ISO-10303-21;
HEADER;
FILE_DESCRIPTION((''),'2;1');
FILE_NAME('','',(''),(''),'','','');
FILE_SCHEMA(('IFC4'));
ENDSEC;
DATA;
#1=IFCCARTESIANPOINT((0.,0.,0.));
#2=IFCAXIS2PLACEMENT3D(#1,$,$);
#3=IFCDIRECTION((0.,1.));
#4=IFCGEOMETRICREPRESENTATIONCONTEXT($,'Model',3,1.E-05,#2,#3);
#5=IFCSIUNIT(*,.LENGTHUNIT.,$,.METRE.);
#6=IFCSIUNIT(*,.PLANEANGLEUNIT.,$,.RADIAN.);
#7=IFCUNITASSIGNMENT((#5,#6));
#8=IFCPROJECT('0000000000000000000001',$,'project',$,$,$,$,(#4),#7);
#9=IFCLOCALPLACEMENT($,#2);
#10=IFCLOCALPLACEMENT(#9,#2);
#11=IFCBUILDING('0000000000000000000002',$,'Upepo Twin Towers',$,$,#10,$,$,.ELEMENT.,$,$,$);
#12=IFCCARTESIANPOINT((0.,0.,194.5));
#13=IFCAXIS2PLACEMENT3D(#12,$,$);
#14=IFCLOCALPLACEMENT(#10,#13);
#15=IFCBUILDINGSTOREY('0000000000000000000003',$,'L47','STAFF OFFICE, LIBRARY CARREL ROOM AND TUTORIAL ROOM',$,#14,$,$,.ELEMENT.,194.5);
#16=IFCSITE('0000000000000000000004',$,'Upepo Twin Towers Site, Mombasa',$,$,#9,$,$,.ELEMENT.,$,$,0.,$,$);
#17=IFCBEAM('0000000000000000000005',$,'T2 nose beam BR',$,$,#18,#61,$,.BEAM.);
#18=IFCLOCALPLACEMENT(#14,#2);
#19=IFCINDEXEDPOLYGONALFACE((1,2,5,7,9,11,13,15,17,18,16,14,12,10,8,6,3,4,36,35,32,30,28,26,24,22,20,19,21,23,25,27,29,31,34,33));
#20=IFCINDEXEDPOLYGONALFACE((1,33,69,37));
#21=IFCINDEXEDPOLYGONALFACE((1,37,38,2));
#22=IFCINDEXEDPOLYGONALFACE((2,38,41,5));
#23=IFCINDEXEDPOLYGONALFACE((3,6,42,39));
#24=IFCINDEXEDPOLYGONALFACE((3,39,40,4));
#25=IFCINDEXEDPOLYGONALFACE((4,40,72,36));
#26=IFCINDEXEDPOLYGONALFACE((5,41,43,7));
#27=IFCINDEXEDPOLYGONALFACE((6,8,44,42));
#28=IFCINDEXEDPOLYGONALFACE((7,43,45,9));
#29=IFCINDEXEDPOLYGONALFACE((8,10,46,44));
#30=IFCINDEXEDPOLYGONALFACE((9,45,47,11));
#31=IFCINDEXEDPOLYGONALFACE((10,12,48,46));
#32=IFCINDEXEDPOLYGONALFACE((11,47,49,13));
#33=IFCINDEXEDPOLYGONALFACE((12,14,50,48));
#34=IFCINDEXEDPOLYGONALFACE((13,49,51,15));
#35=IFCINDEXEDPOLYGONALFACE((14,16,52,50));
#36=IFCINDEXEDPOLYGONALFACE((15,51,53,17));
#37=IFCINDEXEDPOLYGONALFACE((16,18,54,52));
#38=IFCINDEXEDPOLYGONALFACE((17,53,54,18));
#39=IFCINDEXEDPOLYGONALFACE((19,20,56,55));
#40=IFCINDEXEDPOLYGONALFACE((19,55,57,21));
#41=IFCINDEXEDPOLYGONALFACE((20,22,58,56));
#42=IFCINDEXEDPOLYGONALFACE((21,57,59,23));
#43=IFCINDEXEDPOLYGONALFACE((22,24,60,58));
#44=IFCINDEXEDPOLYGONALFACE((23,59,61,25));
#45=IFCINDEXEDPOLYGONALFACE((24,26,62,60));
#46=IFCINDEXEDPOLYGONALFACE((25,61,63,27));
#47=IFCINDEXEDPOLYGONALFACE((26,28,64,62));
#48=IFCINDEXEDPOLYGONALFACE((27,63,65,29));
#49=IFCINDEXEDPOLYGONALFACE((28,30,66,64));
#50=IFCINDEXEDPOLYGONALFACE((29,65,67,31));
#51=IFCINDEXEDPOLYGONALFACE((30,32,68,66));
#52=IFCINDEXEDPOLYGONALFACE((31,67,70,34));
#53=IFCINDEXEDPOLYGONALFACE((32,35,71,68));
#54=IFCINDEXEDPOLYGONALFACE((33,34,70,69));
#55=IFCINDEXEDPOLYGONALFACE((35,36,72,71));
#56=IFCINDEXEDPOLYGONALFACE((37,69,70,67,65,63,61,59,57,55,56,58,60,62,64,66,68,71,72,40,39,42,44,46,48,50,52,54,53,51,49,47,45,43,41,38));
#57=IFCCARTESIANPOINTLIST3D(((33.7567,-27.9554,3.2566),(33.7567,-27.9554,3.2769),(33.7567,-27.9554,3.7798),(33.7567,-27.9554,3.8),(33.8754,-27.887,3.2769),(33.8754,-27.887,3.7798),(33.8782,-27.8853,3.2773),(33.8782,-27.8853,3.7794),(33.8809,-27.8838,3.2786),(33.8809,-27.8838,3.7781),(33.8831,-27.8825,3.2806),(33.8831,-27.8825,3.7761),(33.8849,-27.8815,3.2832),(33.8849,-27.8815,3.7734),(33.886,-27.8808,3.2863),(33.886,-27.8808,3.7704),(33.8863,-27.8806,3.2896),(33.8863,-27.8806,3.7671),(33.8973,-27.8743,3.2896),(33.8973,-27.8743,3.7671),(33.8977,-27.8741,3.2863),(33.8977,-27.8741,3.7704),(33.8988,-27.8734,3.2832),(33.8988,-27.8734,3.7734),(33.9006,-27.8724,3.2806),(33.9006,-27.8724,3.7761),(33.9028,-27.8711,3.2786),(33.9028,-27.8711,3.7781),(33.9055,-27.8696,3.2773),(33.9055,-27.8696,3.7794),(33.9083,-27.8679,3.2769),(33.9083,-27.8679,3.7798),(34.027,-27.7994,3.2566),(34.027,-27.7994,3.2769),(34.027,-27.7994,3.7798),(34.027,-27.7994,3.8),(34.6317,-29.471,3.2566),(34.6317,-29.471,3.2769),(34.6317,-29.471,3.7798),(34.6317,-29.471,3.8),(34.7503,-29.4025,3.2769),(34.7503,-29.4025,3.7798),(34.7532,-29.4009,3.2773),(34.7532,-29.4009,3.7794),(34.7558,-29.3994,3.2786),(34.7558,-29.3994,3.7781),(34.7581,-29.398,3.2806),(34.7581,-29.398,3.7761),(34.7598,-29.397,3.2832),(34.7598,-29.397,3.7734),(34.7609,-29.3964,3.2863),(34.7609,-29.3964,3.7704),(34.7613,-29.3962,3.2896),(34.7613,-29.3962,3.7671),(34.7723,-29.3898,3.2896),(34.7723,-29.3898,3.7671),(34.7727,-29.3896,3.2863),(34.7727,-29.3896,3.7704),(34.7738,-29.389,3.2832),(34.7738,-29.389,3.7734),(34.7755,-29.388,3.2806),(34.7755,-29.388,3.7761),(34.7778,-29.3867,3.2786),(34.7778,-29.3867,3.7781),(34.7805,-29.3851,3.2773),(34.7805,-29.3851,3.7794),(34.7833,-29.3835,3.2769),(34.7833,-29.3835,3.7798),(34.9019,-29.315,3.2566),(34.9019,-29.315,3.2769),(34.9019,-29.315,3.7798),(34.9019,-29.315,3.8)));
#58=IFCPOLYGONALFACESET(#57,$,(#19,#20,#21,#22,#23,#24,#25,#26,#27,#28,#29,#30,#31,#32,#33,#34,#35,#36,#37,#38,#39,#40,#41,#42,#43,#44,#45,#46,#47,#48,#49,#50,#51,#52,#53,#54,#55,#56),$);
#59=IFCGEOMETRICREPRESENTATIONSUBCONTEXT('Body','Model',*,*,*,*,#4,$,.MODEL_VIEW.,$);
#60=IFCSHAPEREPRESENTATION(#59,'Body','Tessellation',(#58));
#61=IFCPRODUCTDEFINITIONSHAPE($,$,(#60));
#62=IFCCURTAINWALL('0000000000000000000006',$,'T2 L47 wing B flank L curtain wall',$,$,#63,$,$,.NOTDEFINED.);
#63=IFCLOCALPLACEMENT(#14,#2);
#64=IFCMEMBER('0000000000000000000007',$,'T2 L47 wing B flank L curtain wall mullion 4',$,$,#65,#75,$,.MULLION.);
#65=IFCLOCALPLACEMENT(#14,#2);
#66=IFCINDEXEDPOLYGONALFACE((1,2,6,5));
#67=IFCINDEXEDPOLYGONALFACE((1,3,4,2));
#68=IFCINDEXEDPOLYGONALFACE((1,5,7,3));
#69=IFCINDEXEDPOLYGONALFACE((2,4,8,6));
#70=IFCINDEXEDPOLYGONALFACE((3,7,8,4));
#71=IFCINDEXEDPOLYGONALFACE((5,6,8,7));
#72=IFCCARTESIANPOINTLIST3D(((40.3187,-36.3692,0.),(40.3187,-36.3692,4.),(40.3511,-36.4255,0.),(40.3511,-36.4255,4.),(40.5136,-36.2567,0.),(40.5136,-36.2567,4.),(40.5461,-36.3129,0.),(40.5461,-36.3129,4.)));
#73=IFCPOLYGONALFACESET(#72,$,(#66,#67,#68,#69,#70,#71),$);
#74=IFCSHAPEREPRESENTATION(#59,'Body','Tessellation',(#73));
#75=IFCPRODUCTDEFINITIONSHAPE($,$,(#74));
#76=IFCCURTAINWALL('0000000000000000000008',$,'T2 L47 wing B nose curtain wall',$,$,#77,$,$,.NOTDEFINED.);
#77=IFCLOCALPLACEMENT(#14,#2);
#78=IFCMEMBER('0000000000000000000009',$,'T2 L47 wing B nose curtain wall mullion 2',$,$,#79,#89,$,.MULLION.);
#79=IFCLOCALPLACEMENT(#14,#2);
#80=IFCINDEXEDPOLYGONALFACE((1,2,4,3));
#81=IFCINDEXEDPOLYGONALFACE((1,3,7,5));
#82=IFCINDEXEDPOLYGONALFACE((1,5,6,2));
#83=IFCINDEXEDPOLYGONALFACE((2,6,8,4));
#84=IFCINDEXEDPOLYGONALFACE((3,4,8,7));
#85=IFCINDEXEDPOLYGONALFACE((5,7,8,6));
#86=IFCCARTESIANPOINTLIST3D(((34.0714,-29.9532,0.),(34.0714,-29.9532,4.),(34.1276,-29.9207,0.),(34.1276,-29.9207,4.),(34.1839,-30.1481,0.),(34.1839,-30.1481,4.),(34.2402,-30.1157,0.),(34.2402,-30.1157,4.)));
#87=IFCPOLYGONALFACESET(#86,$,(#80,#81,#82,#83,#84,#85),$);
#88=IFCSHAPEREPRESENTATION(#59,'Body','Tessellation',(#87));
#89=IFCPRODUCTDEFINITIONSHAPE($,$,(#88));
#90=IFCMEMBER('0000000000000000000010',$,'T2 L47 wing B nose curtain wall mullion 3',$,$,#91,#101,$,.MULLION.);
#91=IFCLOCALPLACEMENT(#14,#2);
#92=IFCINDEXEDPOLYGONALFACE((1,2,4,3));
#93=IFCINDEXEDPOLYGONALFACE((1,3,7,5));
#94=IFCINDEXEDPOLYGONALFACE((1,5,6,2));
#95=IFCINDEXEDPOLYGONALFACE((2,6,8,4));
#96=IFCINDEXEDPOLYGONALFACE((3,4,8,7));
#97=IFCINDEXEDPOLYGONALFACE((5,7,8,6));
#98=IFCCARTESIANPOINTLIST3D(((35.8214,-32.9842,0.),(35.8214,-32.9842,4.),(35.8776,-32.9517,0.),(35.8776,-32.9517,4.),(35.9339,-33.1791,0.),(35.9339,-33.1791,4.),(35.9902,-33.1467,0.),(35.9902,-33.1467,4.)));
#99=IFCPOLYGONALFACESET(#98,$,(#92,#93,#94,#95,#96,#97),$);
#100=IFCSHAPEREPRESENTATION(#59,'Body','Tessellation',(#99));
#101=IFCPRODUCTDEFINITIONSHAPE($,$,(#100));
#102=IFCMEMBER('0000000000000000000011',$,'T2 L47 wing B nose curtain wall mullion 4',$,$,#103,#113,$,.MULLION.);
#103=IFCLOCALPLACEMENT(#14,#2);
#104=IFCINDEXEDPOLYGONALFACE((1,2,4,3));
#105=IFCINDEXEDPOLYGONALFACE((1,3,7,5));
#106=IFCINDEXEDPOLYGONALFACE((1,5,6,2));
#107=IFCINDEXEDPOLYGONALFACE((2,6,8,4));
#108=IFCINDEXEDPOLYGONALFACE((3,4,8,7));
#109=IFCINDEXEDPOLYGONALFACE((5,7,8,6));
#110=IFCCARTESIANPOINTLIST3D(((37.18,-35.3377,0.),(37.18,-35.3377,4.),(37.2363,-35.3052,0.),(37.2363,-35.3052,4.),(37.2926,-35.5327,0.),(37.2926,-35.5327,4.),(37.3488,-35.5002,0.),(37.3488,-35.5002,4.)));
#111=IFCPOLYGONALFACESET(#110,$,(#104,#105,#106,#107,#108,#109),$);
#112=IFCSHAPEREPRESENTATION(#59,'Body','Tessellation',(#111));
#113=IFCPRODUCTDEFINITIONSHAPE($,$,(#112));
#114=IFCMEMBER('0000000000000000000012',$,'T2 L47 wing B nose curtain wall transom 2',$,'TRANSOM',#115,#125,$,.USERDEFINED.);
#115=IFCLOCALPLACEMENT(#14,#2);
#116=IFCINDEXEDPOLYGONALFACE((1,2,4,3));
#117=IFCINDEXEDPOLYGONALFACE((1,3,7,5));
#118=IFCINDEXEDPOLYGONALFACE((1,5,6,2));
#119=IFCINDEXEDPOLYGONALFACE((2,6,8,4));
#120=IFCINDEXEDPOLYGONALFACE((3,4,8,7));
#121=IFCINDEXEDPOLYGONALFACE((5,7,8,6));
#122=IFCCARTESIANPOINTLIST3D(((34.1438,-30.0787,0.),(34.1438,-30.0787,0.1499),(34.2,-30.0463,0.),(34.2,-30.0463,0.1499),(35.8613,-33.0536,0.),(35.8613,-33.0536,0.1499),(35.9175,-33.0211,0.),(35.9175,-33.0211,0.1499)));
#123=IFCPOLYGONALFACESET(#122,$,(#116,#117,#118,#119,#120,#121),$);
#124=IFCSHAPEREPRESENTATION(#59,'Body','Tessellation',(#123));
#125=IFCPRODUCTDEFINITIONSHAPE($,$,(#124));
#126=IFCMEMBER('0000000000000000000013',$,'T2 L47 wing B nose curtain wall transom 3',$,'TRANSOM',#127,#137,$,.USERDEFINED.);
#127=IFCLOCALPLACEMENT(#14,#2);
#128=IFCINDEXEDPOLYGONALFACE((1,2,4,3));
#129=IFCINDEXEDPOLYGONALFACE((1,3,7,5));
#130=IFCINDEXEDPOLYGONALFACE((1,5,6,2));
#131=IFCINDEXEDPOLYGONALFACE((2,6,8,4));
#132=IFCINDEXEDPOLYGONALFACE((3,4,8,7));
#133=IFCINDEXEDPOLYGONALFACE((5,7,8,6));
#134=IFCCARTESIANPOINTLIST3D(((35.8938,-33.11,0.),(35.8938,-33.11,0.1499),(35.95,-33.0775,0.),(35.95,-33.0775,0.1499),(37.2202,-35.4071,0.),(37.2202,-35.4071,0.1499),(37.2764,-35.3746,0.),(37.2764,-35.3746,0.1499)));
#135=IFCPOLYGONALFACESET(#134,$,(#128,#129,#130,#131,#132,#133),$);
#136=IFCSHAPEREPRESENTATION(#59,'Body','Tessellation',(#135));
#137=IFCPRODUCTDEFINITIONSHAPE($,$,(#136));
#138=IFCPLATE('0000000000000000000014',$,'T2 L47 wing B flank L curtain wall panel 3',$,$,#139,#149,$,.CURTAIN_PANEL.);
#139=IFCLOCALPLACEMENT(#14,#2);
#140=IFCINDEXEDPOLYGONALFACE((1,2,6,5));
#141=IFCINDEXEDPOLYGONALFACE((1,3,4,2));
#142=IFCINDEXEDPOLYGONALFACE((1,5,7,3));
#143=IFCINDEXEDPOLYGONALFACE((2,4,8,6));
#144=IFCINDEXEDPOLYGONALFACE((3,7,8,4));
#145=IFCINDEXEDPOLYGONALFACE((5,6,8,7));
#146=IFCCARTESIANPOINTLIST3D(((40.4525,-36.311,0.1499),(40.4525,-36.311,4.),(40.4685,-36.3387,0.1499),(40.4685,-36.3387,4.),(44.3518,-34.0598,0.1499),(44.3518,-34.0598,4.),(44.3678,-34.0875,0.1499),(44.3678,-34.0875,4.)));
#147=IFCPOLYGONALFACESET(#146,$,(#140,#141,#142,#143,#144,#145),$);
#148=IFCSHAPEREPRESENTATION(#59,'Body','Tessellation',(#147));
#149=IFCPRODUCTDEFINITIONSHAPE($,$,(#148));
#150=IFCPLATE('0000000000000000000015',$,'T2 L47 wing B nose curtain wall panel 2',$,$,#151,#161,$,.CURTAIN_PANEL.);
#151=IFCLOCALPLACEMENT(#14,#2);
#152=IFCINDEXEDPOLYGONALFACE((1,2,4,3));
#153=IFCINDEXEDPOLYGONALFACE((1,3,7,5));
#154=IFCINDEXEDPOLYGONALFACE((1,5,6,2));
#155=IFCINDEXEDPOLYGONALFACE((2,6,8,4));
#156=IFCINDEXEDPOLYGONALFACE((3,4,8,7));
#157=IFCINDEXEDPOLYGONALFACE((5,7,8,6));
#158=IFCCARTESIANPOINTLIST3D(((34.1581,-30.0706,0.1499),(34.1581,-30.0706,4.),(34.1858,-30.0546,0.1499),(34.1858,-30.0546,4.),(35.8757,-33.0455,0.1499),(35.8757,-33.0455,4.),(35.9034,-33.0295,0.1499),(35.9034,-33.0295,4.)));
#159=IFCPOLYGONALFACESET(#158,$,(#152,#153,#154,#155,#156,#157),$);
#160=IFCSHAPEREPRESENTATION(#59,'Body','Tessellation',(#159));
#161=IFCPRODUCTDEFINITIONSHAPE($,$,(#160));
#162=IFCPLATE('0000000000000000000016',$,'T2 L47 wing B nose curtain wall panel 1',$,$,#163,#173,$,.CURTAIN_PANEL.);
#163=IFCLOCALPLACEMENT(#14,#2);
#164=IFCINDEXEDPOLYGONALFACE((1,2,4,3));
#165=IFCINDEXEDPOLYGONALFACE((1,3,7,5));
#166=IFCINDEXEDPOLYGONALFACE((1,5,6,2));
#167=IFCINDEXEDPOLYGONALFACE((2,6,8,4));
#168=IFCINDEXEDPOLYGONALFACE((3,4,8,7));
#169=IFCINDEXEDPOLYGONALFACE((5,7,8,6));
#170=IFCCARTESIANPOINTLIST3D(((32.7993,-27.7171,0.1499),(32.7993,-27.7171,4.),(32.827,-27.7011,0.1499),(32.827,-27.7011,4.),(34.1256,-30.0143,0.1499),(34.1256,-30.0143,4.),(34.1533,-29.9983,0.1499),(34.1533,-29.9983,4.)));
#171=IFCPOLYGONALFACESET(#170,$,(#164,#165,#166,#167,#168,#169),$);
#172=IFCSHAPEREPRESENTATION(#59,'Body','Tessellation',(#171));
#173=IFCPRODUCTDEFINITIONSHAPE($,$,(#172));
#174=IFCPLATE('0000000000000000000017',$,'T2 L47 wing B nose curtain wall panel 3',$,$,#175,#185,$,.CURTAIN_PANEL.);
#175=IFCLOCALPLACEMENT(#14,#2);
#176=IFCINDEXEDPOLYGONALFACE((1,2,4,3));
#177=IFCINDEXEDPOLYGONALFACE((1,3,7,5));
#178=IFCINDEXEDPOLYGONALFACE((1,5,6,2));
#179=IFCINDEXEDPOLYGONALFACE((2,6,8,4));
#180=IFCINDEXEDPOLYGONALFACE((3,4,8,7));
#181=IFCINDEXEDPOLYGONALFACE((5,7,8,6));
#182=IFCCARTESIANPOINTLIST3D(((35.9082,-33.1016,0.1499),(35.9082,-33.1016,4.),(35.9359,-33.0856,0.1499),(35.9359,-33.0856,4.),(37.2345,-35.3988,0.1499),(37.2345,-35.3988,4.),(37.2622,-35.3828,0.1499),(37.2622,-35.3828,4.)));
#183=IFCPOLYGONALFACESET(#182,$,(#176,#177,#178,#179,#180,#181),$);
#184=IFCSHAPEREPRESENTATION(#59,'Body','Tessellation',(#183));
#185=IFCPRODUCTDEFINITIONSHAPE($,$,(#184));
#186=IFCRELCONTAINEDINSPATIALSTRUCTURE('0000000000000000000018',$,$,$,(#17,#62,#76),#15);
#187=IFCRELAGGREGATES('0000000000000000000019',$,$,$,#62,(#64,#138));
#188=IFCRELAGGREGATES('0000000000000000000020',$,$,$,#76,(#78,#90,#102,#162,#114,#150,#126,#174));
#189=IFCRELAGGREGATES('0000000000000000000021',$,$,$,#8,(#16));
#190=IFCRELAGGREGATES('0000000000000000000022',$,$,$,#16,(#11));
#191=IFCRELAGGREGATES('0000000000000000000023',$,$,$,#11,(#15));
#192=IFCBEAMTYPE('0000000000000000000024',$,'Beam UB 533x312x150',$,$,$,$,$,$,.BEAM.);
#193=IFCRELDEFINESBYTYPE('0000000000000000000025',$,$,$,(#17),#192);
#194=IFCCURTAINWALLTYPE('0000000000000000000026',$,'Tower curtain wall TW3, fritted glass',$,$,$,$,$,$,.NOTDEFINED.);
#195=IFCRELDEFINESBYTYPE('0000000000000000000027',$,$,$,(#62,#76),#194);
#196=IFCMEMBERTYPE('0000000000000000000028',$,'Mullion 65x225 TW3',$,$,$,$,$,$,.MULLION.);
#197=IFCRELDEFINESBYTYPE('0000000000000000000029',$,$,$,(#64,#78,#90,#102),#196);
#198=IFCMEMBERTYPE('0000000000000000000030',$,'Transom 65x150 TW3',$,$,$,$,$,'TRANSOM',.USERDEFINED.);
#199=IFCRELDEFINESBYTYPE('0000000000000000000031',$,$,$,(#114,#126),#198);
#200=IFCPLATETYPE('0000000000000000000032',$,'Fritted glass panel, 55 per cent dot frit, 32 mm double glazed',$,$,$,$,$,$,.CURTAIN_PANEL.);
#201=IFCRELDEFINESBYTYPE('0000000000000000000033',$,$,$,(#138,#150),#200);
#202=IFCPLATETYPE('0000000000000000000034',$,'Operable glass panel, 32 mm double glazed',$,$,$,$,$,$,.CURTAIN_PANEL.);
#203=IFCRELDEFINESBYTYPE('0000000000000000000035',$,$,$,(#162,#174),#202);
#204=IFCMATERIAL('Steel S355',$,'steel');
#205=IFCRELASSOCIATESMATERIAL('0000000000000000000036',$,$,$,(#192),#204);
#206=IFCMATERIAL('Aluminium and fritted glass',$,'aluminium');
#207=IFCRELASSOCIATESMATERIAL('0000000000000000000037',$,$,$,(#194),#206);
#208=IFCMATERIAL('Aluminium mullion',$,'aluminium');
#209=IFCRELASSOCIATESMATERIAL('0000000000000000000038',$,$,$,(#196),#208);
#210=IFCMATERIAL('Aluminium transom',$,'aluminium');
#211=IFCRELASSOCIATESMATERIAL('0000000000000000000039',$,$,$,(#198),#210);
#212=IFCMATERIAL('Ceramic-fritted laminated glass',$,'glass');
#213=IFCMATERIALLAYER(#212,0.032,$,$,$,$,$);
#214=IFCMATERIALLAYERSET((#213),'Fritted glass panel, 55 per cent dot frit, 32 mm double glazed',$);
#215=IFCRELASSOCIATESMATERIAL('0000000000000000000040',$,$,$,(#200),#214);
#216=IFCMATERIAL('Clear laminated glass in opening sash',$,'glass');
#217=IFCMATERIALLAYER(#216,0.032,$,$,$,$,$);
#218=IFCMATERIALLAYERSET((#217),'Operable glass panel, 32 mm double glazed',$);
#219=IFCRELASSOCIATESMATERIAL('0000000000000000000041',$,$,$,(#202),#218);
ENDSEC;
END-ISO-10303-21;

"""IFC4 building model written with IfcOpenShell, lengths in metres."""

from ifc_helpers import new_model, si_unit, direction, frame, origin, origin_2d, place, context, subcontext, project, spatial, rectangle, i_section, extrude, material, layer, layer_set, material_profile, profile_set, type_object, element, aggregate, save


model = new_model("IFC4")

# Units and contexts
model_context = context("Model", 3, precision=1e-05, world=origin(), true_north=direction((0.0, 1.0)))
body_context = subcontext(model_context, "Body", "Model", "MODEL_VIEW")
ifc_project = project(units=[si_unit("LENGTHUNIT", "METRE"), si_unit("PLANEANGLEUNIT", "RADIAN")], contexts=[model_context])

# Site, building, storey
site_placement = place(None, origin())
site = spatial("IfcSite", under=ifc_project, at=site_placement, Name="Upepo Twin Towers Site, Mombasa", CompositionType="ELEMENT", RefElevation=0.0)
building_placement = place(site_placement, origin())
building = spatial("IfcBuilding", under=site, at=building_placement, Name="Upepo Twin Towers", CompositionType="ELEMENT")
storey_placement = place(building_placement, frame((0.0, 0.0, 194.5)))
storey = spatial("IfcBuildingStorey", under=building, at=storey_placement, Name="L47", Description="STAFF OFFICE, LIBRARY CARREL ROOM AND TUTORIAL ROOM", CompositionType="ELEMENT", Elevation=194.5)

# Beam
ifc_material_1 = material(Name="Steel S355", Category="steel")
ifc_material_profile_1 = material_profile(ifc_material_1, i_section(OverallWidth=0.312, OverallDepth=0.5435, WebThickness=0.0127, FlangeThickness=0.0203, FilletRadius=0.0127, at=origin_2d()), Name="UB 533x312x150")
ifc_profile_set_1 = profile_set([ifc_material_profile_1], Name="Steel S355")
beam_type_1 = type_object("IfcBeamType", Name="Beam UB 533x312x150", PredefinedType="BEAM", material=ifc_profile_set_1)
for number, where, z_axis, x_axis, name in (
    (1, (33.8918, -27.8774, 3.5283), (0.49998, -0.866037, 0.0), (0.866037, 0.49998, 0.0), "T2 nose beam BR"),
):
    element("IfcBeam", number, at=place(storey_placement, frame(where, z_axis=z_axis, x_axis=x_axis)), inside=storey, type_object=beam_type_1, Name=name, PredefinedType="BEAM", context=body_context, shape_type="SweptSolid", body=[
        extrude(i_section(OverallWidth=0.312, OverallDepth=0.5435, WebThickness=0.0127, FlangeThickness=0.0203, FilletRadius=0.0127, at=origin_2d()), origin(), (0.0, 0.0, 1.0), 1.75),
    ])

# Curtain wall, member
ifc_material_2 = material(Name="Aluminium and fritted glass", Category="aluminium")
curtain_wall_type = type_object("IfcCurtainWallType", Name="Tower curtain wall TW3, fritted glass", PredefinedType="NOTDEFINED", material=ifc_material_2)
curtain_wall_1_placement = place(storey_placement, origin())
curtain_wall_1 = element("IfcCurtainWall", 2, at=curtain_wall_1_placement, inside=storey, type_object=curtain_wall_type, Name="T2 L47 wing B flank L curtain wall", PredefinedType="NOTDEFINED")
ifc_material_3 = material(Name="Aluminium mullion", Category="aluminium")
ifc_material_profile_2 = material_profile(ifc_material_3, rectangle(XDim=0.0649, YDim=0.2251, at=origin_2d()), Name="MULLION 65x225")
ifc_profile_set_2 = profile_set([ifc_material_profile_2], Name="Aluminium mullion")
member_type_1 = type_object("IfcMemberType", Name="Mullion 65x225 TW3", PredefinedType="MULLION", material=ifc_profile_set_2)
member_1_placement = place(storey_placement, frame((40.4324, -36.3411, 0.0), z_axis=(0.0, 0.0, 1.0), x_axis=(0.5, -0.866025, 0.0)))
member_1 = element("IfcMember", 3, at=member_1_placement, type_object=member_type_1, Name="T2 L47 wing B flank L curtain wall mullion 4", PredefinedType="MULLION", context=body_context, shape_type="SweptSolid", body=[
    extrude(rectangle(XDim=0.0649, YDim=0.2251, at=origin_2d()), origin(), (0.0, 0.0, 1.0), 4.0),
])

# Curtain wall, members
curtain_wall_2_placement = place(storey_placement, origin())
curtain_wall_2 = element("IfcCurtainWall", 4, at=curtain_wall_2_placement, inside=storey, type_object=curtain_wall_type, Name="T2 L47 wing B nose curtain wall", PredefinedType="NOTDEFINED")
member_2_placement = place(storey_placement, frame((34.1558, -30.0344, 0.0), z_axis=(0.0, 0.0, 1.0), x_axis=(0.866025, 0.5, 0.0)))
member_2 = element("IfcMember", 5, at=member_2_placement, type_object=member_type_1, Name="T2 L47 wing B nose curtain wall mullion 2", PredefinedType="MULLION", context=body_context, shape_type="SweptSolid", body=[
    extrude(rectangle(XDim=0.0649, YDim=0.2251, at=origin_2d()), origin(), (0.0, 0.0, 1.0), 4.0),
])
member_3_placement = place(storey_placement, frame((35.9058, -33.0654, 0.0), z_axis=(0.0, 0.0, 1.0), x_axis=(0.866025, 0.5, 0.0)))
member_3 = element("IfcMember", 6, at=member_3_placement, type_object=member_type_1, Name="T2 L47 wing B nose curtain wall mullion 3", PredefinedType="MULLION", context=body_context, shape_type="SweptSolid", body=[
    extrude(rectangle(XDim=0.0649, YDim=0.2251, at=origin_2d()), origin(), (0.0, 0.0, 1.0), 4.0),
])
member_4_placement = place(storey_placement, frame((37.2644, -35.4189, 0.0), z_axis=(0.0, 0.0, 1.0), x_axis=(0.866025, 0.5, 0.0)))
member_4 = element("IfcMember", 7, at=member_4_placement, type_object=member_type_1, Name="T2 L47 wing B nose curtain wall mullion 4", PredefinedType="MULLION", context=body_context, shape_type="SweptSolid", body=[
    extrude(rectangle(XDim=0.0649, YDim=0.2251, at=origin_2d()), origin(), (0.0, 0.0, 1.0), 4.0),
])
ifc_material_4 = material(Name="Aluminium transom", Category="aluminium")
ifc_material_profile_3 = material_profile(ifc_material_4, rectangle(XDim=0.0649, YDim=0.1499, at=origin_2d()), Name="TRANSOM 65x150")
ifc_profile_set_3 = profile_set([ifc_material_profile_3], Name="Aluminium transom")
member_type_2 = type_object("IfcMemberType", Name="Transom 65x150 TW3", ElementType="TRANSOM", PredefinedType="USERDEFINED", material=ifc_profile_set_3)
member_5_placement = place(storey_placement, frame((34.1719, -30.0625, 0.075), z_axis=(0.499999, -0.866026, 0.0), x_axis=(0.866026, 0.499999, 0.0)))
member_5 = element("IfcMember", 8, at=member_5_placement, type_object=member_type_2, Name="T2 L47 wing B nose curtain wall transom 2", ObjectType="TRANSOM", PredefinedType="USERDEFINED", context=body_context, shape_type="SweptSolid", body=[
    extrude(rectangle(XDim=0.0649, YDim=0.1499, at=origin_2d()), origin(), (0.0, 0.0, 1.0), 3.4351),
])
member_6_placement = place(storey_placement, frame((35.9219, -33.0938, 0.075), z_axis=(0.500049, -0.865997, 0.0), x_axis=(0.865997, 0.500049, 0.0)))
member_6 = element("IfcMember", 9, at=member_6_placement, type_object=member_type_2, Name="T2 L47 wing B nose curtain wall transom 3", ObjectType="TRANSOM", PredefinedType="USERDEFINED", context=body_context, shape_type="SweptSolid", body=[
    extrude(rectangle(XDim=0.0649, YDim=0.1499, at=origin_2d()), origin(), (0.0, 0.0, 1.0), 2.6526),
])

# Plates
ifc_material_5 = material(Name="Ceramic-fritted laminated glass", Category="glass")
ifc_layer_1 = layer(ifc_material_5, 0.032)
ifc_layer_set_1 = layer_set([ifc_layer_1], Name="Fritted glass panel, 55 per cent dot frit, 32 mm double glazed")
plate_type_1 = type_object("IfcPlateType", Name="Fritted glass panel, 55 per cent dot frit, 32 mm double glazed", PredefinedType="CURTAIN_PANEL", material=ifc_layer_set_1)
plate_1_placement = place(storey_placement, frame((42.4102, -35.1992, 0.1499), z_axis=(0.0, 0.0, 1.0), x_axis=(-0.866025, -0.5, 0.0)))
plate_1 = element("IfcPlate", 10, at=plate_1_placement, type_object=plate_type_1, Name="T2 L47 wing B flank L curtain wall panel 3", PredefinedType="CURTAIN_PANEL", context=body_context, shape_type="SweptSolid", body=[
    extrude(rectangle(XDim=4.5024, YDim=0.032, at=origin_2d()), origin(), (0.0, 0.0, 1.0), 3.8501),
])
aggregate(curtain_wall_1, [member_1, plate_1])
plate_2_placement = place(storey_placement, frame((35.0308, -31.55, 0.1499), z_axis=(0.0, 0.0, 1.0), x_axis=(0.5, -0.866025, 0.0)))
plate_2 = element("IfcPlate", 11, at=plate_2_placement, type_object=plate_type_1, Name="T2 L47 wing B nose curtain wall panel 2", PredefinedType="CURTAIN_PANEL", context=body_context, shape_type="SweptSolid", body=[
    extrude(rectangle(XDim=3.4351, YDim=0.032, at=origin_2d()), origin(), (0.0, 0.0, 1.0), 3.8501),
])
ifc_material_6 = material(Name="Clear laminated glass in opening sash", Category="glass")
ifc_layer_2 = layer(ifc_material_6, 0.032)
ifc_layer_set_2 = layer_set([ifc_layer_2], Name="Operable glass panel, 32 mm double glazed")
plate_type_2 = type_object("IfcPlateType", Name="Operable glass panel, 32 mm double glazed", PredefinedType="CURTAIN_PANEL", material=ifc_layer_set_2)
plate_3_placement = place(storey_placement, frame((33.4763, -28.8577, 0.1499), z_axis=(0.0, 0.0, 1.0), x_axis=(0.5, -0.866025, 0.0)))
plate_3 = element("IfcPlate", 12, at=plate_3_placement, type_object=plate_type_2, Name="T2 L47 wing B nose curtain wall panel 1", PredefinedType="CURTAIN_PANEL", context=body_context, shape_type="SweptSolid", body=[
    extrude(rectangle(XDim=2.6526, YDim=0.032, at=origin_2d()), origin(), (0.0, 0.0, 1.0), 3.8501),
])
plate_4_placement = place(storey_placement, frame((36.5852, -34.2422, 0.1499), z_axis=(0.0, 0.0, 1.0), x_axis=(0.5, -0.866025, 0.0)))
plate_4 = element("IfcPlate", 13, at=plate_4_placement, type_object=plate_type_2, Name="T2 L47 wing B nose curtain wall panel 3", PredefinedType="CURTAIN_PANEL", context=body_context, shape_type="SweptSolid", body=[
    extrude(rectangle(XDim=2.6526, YDim=0.032, at=origin_2d()), origin(), (0.0, 0.0, 1.0), 3.8501),
])
aggregate(curtain_wall_2, [member_2, member_3, member_4, plate_3, member_5, plate_2, member_6, plate_4])

save(model, "model.ifc")
